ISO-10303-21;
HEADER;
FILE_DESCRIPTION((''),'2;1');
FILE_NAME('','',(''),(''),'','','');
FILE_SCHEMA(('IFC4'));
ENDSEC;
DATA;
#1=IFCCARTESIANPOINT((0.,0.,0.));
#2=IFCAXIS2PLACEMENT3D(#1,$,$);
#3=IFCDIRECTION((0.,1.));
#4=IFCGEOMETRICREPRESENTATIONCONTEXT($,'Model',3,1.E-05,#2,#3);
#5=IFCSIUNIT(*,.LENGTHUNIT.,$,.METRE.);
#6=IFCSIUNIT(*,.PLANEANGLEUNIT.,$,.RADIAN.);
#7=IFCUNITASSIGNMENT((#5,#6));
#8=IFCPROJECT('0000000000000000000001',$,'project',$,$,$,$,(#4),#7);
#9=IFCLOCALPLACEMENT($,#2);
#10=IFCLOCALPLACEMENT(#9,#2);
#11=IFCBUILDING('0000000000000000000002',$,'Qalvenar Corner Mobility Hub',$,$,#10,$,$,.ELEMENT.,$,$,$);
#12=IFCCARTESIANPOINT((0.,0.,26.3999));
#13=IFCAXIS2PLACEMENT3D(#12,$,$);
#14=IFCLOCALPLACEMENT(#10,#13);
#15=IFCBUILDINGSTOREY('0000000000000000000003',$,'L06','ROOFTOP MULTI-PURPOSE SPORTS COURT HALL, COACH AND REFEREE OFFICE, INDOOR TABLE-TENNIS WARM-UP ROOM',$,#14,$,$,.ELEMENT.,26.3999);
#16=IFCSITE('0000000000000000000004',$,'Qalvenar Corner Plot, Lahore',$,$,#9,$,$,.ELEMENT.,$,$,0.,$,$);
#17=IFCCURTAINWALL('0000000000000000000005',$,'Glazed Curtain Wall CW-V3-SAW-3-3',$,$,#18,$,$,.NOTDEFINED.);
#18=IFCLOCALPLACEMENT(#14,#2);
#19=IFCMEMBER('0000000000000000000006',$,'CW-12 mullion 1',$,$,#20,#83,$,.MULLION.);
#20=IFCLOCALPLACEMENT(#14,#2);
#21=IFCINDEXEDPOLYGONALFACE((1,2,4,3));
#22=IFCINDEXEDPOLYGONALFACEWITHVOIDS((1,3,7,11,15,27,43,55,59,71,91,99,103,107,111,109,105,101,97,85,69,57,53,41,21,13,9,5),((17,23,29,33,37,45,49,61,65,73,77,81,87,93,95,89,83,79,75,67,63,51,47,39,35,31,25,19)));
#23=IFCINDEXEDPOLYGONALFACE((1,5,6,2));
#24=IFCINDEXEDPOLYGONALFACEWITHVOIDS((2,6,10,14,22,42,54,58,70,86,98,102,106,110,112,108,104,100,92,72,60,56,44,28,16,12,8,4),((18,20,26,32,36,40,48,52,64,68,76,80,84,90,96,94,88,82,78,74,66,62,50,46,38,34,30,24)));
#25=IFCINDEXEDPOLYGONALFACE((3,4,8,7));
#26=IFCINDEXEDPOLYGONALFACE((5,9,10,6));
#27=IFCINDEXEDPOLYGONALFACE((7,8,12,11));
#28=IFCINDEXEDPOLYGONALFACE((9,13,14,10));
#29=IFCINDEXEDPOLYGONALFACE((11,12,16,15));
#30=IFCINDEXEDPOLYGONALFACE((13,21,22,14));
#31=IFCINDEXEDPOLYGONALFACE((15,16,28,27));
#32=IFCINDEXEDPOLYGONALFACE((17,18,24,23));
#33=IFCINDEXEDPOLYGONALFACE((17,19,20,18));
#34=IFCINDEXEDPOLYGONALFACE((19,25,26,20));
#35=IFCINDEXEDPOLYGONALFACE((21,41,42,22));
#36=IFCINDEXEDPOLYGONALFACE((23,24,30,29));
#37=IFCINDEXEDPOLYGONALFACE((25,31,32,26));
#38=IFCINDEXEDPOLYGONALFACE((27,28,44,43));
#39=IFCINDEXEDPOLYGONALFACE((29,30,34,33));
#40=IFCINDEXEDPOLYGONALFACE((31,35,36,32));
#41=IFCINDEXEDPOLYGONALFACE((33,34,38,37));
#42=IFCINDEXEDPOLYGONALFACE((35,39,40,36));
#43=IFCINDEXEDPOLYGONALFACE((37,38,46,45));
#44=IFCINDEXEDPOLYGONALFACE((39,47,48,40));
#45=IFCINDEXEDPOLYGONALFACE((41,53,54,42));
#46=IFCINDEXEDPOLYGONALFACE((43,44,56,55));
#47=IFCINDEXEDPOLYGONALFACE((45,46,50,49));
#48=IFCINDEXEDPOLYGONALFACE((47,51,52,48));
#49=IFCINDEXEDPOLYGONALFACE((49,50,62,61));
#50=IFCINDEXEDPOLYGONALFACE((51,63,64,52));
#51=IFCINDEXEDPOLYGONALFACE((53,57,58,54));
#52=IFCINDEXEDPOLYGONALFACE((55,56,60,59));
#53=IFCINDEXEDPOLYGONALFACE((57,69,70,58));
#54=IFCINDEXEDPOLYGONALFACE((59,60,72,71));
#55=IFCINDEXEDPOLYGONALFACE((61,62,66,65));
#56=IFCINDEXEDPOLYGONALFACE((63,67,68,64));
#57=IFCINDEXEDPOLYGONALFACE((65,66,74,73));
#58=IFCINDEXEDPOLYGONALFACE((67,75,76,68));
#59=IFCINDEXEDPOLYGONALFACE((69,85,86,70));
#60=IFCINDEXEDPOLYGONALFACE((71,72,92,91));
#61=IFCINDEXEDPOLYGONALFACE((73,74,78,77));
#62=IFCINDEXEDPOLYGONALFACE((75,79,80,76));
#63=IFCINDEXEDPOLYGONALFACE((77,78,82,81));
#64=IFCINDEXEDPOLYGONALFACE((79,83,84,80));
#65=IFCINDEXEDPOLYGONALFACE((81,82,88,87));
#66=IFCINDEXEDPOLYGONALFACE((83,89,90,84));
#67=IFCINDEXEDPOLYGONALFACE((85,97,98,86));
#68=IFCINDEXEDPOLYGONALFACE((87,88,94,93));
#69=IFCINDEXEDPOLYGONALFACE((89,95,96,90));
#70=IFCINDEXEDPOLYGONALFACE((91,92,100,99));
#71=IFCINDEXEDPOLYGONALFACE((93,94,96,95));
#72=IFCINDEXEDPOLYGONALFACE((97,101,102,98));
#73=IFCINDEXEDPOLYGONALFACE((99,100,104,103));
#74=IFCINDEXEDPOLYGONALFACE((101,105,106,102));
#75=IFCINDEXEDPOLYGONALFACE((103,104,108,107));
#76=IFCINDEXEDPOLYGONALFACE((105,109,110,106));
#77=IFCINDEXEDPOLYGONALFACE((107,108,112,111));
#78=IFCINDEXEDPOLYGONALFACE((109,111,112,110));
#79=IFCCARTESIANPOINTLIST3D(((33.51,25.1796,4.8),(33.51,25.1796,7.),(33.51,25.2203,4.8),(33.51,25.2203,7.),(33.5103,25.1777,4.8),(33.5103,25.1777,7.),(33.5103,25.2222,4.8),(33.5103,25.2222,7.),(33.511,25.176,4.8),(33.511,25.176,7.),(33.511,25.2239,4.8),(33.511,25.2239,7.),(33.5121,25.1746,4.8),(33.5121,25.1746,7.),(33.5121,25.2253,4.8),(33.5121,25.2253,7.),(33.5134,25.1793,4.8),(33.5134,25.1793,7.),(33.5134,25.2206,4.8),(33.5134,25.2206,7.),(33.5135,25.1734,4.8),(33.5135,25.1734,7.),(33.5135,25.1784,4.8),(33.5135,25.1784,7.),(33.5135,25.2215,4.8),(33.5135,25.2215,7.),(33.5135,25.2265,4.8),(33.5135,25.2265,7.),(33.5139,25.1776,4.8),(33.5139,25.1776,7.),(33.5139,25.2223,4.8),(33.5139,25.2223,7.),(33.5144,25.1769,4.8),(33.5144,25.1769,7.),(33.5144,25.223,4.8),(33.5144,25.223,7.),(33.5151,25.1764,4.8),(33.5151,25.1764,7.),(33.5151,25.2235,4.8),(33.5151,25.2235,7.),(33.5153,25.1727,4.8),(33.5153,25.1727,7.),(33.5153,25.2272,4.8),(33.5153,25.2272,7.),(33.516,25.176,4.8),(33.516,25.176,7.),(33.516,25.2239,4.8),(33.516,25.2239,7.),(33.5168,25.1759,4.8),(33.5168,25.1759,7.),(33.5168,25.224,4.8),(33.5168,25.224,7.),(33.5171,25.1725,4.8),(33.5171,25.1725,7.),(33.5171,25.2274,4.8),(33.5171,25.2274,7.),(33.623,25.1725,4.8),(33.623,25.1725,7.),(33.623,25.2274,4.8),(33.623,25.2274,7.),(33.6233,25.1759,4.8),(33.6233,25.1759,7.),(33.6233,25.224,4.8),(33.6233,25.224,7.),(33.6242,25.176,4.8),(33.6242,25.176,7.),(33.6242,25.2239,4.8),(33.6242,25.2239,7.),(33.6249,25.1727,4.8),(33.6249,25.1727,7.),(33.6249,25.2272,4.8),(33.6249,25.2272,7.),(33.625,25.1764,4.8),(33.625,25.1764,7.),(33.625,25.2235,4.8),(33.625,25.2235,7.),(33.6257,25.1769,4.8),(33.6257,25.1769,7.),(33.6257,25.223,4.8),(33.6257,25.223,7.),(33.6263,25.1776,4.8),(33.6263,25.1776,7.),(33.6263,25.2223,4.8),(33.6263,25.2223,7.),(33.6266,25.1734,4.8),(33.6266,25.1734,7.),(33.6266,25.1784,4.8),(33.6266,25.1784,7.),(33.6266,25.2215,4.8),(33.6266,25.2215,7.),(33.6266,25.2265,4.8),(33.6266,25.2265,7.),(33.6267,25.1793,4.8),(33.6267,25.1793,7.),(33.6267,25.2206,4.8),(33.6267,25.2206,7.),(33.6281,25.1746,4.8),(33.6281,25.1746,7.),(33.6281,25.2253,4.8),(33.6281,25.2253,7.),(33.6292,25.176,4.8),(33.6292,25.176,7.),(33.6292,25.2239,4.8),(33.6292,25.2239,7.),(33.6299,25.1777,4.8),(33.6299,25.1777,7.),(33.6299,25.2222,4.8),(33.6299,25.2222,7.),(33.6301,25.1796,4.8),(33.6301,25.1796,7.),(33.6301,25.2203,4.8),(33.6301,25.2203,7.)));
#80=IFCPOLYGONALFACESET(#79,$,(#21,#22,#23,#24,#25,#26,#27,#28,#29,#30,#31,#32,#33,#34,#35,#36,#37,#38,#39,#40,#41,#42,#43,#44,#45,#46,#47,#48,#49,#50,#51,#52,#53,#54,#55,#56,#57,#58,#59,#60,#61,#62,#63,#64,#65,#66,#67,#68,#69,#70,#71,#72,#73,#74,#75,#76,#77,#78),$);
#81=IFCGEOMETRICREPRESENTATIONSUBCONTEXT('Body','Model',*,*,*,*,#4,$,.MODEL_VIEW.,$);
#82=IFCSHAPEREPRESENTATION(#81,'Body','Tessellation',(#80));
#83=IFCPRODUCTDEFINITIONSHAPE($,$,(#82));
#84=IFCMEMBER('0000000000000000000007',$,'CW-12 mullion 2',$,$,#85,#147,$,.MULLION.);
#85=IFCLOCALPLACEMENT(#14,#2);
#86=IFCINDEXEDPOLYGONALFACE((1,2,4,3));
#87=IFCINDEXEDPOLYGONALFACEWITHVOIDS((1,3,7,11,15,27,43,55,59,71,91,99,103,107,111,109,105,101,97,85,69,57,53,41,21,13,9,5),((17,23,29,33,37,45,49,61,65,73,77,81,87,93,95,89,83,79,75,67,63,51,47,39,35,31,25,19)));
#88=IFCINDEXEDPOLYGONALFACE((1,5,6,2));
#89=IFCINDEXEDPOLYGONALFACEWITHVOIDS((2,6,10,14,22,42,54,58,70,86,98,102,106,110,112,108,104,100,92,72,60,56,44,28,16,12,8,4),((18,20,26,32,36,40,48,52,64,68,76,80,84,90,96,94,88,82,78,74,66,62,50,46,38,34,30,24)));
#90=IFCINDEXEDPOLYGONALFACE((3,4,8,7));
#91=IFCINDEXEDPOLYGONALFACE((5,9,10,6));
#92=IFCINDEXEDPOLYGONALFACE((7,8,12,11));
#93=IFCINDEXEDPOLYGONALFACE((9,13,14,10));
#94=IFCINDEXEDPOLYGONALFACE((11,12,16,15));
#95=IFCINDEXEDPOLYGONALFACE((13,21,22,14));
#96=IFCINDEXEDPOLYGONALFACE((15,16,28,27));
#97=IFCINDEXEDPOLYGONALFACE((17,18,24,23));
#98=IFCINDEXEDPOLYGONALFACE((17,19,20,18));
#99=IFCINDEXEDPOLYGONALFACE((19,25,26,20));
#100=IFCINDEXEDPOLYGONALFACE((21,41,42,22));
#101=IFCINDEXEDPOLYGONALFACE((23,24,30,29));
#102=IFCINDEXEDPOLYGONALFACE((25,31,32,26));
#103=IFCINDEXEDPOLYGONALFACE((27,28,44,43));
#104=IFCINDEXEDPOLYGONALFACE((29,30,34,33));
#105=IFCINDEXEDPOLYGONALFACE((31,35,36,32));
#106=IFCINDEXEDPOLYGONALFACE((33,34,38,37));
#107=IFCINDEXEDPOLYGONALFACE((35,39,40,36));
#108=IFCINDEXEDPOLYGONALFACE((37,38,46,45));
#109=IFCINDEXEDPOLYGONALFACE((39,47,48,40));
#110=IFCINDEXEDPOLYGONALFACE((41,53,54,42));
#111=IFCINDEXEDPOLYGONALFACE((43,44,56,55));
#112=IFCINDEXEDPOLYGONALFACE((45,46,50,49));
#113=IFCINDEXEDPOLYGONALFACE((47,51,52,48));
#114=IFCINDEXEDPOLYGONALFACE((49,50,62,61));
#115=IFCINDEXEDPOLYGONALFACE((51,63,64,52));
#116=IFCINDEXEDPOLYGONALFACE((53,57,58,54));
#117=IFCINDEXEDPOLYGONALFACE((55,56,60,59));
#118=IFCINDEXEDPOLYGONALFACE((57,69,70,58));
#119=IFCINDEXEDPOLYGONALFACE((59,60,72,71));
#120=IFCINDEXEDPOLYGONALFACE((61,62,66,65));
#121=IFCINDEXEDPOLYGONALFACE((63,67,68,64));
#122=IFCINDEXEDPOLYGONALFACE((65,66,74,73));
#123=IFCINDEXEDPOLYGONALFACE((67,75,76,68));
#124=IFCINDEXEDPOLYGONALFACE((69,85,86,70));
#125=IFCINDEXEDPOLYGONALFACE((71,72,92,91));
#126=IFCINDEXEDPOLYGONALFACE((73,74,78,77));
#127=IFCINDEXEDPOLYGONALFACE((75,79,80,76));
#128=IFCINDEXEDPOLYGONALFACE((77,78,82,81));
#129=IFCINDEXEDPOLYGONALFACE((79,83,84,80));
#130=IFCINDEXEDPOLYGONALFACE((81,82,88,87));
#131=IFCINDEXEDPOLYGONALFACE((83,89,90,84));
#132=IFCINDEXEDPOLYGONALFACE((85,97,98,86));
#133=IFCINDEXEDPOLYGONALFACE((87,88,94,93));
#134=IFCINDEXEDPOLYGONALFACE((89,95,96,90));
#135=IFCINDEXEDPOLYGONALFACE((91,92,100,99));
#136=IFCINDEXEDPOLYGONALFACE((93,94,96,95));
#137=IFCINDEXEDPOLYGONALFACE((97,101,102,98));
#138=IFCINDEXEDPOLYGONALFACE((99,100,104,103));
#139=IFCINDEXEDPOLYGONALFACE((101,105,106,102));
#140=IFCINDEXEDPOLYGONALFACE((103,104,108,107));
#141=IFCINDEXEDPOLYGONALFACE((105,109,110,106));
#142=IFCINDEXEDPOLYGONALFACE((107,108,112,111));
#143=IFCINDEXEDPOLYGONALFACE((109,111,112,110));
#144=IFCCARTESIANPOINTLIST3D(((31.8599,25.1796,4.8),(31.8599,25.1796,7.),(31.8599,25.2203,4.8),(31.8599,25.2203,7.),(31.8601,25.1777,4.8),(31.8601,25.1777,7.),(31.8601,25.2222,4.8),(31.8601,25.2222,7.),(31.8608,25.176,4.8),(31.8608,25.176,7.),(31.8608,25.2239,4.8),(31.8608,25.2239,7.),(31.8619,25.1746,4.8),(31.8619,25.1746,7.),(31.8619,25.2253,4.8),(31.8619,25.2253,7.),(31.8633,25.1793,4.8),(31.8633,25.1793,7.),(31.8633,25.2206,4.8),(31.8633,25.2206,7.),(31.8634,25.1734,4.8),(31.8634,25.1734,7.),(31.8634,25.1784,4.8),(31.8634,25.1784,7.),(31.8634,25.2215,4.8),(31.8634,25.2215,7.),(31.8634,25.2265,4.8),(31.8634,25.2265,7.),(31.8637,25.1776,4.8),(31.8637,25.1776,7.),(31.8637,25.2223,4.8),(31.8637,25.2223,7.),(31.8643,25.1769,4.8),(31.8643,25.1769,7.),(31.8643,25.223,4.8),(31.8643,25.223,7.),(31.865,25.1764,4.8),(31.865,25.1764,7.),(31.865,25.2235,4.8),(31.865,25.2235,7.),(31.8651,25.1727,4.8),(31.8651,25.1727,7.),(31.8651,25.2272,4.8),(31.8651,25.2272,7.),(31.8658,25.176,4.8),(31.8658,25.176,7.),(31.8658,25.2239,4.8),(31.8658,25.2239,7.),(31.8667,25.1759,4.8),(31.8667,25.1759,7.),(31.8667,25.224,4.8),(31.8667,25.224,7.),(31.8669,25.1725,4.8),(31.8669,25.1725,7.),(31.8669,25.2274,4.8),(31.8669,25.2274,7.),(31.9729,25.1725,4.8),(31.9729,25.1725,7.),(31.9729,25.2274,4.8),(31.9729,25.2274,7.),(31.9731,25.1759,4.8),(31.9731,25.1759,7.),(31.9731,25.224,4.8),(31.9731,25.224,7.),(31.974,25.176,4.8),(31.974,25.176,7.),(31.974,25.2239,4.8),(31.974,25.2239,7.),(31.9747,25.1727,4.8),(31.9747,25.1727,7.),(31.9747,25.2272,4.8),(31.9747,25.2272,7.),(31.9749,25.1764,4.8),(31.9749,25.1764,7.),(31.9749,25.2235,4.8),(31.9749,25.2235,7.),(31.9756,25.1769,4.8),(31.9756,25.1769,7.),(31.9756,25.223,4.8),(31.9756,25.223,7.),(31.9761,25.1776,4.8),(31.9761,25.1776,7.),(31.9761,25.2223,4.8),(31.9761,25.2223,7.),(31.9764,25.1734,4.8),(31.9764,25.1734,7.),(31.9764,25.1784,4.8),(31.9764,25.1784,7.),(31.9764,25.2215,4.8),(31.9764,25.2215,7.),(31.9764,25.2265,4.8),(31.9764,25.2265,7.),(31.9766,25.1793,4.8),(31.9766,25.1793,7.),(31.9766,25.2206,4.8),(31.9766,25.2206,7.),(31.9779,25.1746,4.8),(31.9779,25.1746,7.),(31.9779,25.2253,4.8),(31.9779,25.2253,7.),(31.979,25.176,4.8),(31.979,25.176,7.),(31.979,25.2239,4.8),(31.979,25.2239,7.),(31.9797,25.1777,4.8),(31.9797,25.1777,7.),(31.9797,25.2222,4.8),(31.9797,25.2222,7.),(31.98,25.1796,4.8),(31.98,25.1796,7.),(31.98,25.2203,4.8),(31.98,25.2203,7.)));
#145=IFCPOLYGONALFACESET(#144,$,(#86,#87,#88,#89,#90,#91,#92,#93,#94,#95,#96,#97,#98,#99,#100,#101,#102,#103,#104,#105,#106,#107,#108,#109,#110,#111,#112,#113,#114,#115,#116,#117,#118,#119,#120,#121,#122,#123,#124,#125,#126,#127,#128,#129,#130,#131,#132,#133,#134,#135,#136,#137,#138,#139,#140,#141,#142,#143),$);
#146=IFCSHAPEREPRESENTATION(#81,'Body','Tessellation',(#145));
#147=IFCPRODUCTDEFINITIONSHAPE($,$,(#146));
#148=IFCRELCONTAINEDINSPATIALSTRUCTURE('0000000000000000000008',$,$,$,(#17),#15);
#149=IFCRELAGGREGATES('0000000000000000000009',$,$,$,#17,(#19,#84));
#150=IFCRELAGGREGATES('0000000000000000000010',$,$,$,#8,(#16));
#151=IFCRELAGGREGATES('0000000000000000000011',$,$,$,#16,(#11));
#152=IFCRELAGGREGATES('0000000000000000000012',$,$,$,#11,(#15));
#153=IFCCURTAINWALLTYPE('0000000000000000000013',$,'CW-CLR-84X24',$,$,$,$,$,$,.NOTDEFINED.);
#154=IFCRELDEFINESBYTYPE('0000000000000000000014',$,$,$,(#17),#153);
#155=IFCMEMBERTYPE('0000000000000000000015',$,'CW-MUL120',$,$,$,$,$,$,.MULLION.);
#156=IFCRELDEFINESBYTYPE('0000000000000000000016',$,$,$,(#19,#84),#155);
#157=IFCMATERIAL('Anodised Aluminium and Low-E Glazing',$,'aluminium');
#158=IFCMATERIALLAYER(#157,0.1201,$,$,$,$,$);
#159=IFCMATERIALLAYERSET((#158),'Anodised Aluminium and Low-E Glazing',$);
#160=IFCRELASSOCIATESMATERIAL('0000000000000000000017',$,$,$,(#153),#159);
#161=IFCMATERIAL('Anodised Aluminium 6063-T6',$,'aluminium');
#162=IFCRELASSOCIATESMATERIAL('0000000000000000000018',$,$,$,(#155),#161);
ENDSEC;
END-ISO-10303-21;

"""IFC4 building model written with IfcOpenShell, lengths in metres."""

from ifc_helpers import new_model, si_unit, direction, frame, origin, origin_2d, place, context, subcontext, project, spatial, hollow_rectangle, extrude, material, layer, layer_set, material_profile, profile_set, type_object, element, aggregate, save


model = new_model("IFC4")

# Units and contexts
model_context = context("Model", 3, precision=1e-05, world=origin(), true_north=direction((0.0, 1.0)))
body_context = subcontext(model_context, "Body", "Model", "MODEL_VIEW")
ifc_project = project(units=[si_unit("LENGTHUNIT", "METRE"), si_unit("PLANEANGLEUNIT", "RADIAN")], contexts=[model_context])

# Site, building, storey
site_placement = place(None, origin())
site = spatial("IfcSite", under=ifc_project, at=site_placement, Name="Qalvenar Corner Plot, Lahore", CompositionType="ELEMENT", RefElevation=0.0)
building_placement = place(site_placement, origin())
building = spatial("IfcBuilding", under=site, at=building_placement, Name="Qalvenar Corner Mobility Hub", CompositionType="ELEMENT")
storey_placement = place(building_placement, frame((0.0, 0.0, 26.3999)))
storey = spatial("IfcBuildingStorey", under=building, at=storey_placement, Name="L06", Description="ROOFTOP MULTI-PURPOSE SPORTS COURT HALL, COACH AND REFEREE OFFICE, INDOOR TABLE-TENNIS WARM-UP ROOM", CompositionType="ELEMENT", Elevation=26.3999)

# Curtain wall, members
ifc_material_1 = material(Name="Anodised Aluminium and Low-E Glazing", Category="aluminium")
ifc_layer_1 = layer(ifc_material_1, 0.1201)
ifc_layer_set_1 = layer_set([ifc_layer_1], Name="Anodised Aluminium and Low-E Glazing")
curtain_wall_type = type_object("IfcCurtainWallType", Name="CW-CLR-84X24", PredefinedType="NOTDEFINED", material=ifc_layer_set_1)
ifc_material_2 = material(Name="Anodised Aluminium 6063-T6", Category="aluminium")
ifc_material_profile_1 = material_profile(ifc_material_2, hollow_rectangle(XDim=0.0549, YDim=0.1201, WallThickness=0.0034, InnerFilletRadius=0.0034, OuterFilletRadius=0.0071, at=origin_2d()), Name="RHS120x55x3.5")
ifc_profile_set_1 = profile_set([ifc_material_profile_1], Name="Anodised Aluminium 6063-T6")
member_type_1 = type_object("IfcMemberType", Name="CW-MUL120", PredefinedType="MULLION", material=ifc_profile_set_1)
curtain_wall_1_placement = place(storey_placement, origin())
curtain_wall_1 = element("IfcCurtainWall", 1, at=curtain_wall_1_placement, inside=storey, type_object=curtain_wall_type, Name="Glazed Curtain Wall CW-V3-SAW-3-3", PredefinedType="NOTDEFINED")
member_1_placement = place(storey_placement, frame((33.5701, 25.2, 4.8), z_axis=(0.0, 0.0, 1.0), x_axis=(0.0, -1.0, 0.0)))
member_1 = element("IfcMember", 2, at=member_1_placement, type_object=member_type_1, Name="CW-12 mullion 1", PredefinedType="MULLION", context=body_context, shape_type="SweptSolid", body=[
    extrude(hollow_rectangle(XDim=0.0549, YDim=0.1201, WallThickness=0.0034, InnerFilletRadius=0.0034, OuterFilletRadius=0.0071, at=origin_2d()), origin(), (0.0, 0.0, 1.0), 2.2),
])
member_2_placement = place(storey_placement, frame((31.9199, 25.2, 4.8), z_axis=(0.0, 0.0, 1.0), x_axis=(0.0, -1.0, 0.0)))
member_2 = element("IfcMember", 3, at=member_2_placement, type_object=member_type_1, Name="CW-12 mullion 2", PredefinedType="MULLION", context=body_context, shape_type="SweptSolid", body=[
    extrude(hollow_rectangle(XDim=0.0549, YDim=0.1201, WallThickness=0.0034, InnerFilletRadius=0.0034, OuterFilletRadius=0.0071, at=origin_2d()), origin(), (0.0, 0.0, 1.0), 2.2),
])

aggregate(curtain_wall_1, [member_1, member_2])

save(model, "model.ifc")
